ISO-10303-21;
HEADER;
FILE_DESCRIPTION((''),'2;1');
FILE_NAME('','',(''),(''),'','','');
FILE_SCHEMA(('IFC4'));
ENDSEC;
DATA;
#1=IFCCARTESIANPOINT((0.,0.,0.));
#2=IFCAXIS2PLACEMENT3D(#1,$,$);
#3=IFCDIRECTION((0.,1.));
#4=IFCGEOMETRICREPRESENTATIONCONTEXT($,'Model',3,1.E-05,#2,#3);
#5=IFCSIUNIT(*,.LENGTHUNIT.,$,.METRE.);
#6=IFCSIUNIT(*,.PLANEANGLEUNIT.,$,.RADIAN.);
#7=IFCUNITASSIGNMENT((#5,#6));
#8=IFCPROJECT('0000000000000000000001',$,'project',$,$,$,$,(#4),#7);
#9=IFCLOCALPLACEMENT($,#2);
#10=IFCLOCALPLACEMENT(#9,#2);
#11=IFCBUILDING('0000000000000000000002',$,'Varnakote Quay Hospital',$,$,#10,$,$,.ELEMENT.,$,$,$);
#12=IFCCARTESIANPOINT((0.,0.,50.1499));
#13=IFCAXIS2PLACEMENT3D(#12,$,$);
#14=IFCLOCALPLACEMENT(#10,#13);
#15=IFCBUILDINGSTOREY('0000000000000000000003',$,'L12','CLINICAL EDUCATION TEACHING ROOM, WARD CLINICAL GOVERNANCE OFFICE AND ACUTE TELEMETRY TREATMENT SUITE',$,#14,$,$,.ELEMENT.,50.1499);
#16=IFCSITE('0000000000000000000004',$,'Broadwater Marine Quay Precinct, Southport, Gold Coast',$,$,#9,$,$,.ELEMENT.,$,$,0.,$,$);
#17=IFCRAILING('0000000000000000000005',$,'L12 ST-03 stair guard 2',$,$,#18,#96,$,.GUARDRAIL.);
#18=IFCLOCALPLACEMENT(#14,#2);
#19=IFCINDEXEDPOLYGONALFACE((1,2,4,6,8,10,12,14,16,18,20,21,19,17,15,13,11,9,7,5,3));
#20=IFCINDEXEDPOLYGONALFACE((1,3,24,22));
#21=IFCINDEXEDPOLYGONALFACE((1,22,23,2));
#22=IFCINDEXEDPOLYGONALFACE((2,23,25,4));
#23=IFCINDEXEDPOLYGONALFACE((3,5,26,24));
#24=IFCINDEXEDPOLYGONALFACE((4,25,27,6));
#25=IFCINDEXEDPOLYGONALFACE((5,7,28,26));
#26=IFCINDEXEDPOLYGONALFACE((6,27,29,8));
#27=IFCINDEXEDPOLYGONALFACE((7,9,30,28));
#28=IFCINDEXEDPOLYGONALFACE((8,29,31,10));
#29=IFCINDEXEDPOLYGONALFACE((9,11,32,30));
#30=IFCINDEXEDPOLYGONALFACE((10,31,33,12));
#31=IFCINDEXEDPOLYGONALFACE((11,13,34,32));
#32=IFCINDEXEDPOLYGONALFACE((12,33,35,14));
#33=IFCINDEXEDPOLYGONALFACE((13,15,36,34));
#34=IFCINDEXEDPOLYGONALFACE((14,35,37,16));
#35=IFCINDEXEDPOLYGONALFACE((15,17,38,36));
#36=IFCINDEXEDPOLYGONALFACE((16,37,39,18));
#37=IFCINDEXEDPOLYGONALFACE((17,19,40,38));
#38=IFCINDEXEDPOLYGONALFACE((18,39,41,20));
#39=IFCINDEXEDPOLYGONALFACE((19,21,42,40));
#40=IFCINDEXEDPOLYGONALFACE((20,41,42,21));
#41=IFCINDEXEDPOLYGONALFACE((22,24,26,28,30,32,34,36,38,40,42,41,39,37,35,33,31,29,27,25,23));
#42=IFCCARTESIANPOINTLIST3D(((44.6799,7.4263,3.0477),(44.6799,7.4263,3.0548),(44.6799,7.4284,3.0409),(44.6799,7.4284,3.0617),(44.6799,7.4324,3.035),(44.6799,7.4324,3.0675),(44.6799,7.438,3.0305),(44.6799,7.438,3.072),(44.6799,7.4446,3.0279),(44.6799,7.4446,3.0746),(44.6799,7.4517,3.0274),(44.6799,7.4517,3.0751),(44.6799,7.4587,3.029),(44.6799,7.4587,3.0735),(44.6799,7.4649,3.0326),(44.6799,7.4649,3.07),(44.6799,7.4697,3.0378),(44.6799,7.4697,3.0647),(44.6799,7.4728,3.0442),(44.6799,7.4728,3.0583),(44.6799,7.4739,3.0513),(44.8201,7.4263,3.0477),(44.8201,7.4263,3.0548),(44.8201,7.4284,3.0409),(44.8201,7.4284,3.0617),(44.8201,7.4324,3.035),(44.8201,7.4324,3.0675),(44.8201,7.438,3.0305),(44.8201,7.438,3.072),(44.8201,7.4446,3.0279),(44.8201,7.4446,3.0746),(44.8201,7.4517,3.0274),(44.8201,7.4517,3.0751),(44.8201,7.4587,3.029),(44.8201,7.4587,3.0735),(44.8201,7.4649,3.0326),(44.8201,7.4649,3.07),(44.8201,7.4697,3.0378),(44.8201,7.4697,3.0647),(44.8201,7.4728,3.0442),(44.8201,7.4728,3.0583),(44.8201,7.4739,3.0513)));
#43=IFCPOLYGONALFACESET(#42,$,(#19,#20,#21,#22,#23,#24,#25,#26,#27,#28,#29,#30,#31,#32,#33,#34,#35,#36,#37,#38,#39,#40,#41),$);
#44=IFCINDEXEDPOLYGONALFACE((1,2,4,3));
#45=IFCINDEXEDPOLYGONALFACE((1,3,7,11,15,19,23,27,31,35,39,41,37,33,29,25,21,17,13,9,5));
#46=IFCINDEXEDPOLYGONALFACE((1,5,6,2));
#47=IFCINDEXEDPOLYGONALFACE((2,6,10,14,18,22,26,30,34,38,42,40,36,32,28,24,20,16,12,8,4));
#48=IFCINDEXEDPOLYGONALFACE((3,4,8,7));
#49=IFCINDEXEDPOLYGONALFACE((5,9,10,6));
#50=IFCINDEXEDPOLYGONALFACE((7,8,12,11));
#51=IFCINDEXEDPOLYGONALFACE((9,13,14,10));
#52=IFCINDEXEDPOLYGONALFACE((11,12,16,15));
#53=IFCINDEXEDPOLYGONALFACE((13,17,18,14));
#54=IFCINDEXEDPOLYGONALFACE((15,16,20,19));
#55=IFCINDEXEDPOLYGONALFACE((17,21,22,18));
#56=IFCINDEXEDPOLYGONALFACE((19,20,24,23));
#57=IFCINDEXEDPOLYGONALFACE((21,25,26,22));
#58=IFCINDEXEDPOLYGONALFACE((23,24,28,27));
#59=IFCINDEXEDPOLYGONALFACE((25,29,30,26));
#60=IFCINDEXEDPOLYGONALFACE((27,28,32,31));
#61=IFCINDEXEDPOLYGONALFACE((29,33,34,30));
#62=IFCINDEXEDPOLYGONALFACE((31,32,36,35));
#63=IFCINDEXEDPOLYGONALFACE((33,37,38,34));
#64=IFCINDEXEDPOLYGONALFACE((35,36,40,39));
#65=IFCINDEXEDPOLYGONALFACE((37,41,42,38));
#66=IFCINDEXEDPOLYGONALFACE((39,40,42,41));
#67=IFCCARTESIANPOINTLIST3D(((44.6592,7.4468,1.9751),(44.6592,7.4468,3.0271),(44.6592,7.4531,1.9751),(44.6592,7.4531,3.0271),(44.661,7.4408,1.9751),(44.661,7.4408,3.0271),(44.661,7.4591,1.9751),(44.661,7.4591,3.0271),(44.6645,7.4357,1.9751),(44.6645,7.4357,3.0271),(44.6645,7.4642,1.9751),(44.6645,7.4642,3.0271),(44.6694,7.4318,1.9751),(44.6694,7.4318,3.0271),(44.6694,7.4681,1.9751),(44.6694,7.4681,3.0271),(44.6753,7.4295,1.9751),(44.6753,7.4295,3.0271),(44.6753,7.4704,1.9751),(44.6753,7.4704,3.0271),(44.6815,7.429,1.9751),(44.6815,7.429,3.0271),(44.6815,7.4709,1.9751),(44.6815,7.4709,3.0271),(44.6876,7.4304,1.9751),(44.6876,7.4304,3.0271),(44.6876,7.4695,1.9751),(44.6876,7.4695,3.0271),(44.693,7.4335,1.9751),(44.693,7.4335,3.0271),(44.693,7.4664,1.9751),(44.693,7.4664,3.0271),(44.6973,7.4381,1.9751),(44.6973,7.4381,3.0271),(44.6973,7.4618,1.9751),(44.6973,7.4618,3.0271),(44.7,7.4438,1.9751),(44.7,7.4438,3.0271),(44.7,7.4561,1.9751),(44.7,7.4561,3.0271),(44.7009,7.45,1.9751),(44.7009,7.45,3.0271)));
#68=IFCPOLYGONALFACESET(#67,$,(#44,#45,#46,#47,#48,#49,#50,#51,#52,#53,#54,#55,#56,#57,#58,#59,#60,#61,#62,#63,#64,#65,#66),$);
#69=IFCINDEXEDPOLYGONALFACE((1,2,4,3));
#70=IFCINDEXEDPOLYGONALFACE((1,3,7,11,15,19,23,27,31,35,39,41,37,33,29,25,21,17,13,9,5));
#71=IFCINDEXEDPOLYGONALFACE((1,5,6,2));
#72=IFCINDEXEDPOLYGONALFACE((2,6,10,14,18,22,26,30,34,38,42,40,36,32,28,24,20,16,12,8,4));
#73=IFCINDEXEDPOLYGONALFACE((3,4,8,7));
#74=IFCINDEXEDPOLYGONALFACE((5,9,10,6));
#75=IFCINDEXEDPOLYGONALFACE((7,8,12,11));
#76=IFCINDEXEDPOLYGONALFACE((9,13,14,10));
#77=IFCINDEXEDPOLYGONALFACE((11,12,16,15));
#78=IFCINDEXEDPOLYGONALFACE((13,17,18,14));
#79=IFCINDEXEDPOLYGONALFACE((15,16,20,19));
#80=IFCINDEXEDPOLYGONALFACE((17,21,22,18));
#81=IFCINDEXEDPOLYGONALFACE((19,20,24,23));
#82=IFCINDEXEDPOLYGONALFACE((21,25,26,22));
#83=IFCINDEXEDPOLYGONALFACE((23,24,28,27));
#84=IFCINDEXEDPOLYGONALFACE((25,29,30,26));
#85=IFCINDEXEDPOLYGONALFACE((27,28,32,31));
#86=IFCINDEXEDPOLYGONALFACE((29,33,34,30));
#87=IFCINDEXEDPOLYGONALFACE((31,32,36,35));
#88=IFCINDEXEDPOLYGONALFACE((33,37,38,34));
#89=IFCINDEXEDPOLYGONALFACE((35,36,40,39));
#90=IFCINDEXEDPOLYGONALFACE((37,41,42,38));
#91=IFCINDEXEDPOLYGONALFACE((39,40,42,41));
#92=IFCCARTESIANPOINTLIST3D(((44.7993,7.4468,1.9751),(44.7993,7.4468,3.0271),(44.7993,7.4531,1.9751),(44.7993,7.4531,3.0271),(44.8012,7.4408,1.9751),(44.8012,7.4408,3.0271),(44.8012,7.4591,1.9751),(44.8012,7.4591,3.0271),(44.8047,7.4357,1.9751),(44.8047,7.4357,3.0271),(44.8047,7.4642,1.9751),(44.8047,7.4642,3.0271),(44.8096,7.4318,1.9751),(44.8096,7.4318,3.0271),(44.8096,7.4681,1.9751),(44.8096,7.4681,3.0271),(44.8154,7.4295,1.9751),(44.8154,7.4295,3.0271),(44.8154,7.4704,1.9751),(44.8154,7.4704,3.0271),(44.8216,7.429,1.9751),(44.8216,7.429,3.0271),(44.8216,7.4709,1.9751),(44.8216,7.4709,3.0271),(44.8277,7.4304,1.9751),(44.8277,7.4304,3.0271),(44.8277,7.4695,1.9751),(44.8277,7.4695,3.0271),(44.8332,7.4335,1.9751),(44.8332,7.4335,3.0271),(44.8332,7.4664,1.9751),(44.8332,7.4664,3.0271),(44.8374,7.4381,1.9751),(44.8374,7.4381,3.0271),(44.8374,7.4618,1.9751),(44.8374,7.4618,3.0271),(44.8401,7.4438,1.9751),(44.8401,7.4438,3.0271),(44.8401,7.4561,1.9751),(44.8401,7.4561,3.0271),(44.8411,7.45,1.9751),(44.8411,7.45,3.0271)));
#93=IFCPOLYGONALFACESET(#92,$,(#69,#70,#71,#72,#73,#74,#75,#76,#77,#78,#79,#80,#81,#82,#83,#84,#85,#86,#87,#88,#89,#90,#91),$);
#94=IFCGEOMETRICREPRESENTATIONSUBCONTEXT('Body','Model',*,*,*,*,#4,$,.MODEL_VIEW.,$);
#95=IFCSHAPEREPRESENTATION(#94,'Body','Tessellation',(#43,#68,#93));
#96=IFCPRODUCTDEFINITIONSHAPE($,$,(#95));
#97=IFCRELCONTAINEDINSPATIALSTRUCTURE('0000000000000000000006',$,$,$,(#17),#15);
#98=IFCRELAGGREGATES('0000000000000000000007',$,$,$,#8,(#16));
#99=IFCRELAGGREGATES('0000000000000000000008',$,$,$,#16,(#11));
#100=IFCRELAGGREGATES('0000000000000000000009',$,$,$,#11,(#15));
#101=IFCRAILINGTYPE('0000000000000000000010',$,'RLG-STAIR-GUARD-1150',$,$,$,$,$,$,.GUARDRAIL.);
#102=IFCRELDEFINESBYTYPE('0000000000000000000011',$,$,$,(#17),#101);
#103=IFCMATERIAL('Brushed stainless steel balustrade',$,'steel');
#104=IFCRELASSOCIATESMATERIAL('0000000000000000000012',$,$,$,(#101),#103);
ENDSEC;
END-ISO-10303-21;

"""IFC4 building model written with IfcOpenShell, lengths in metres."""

from ifc_helpers import new_model, si_unit, direction, frame, origin, origin_2d, place, context, subcontext, project, spatial, circle, extrude, material, type_object, element, save


model = new_model("IFC4")

# Units and contexts
model_context = context("Model", 3, precision=1e-05, world=origin(), true_north=direction((0.0, 1.0)))
body_context = subcontext(model_context, "Body", "Model", "MODEL_VIEW")
ifc_project = project(units=[si_unit("LENGTHUNIT", "METRE"), si_unit("PLANEANGLEUNIT", "RADIAN")], contexts=[model_context])

# Site, building, storey
site_placement = place(None, origin())
site = spatial("IfcSite", under=ifc_project, at=site_placement, Name="Broadwater Marine Quay Precinct, Southport, Gold Coast", CompositionType="ELEMENT", RefElevation=0.0)
building_placement = place(site_placement, origin())
building = spatial("IfcBuilding", under=site, at=building_placement, Name="Varnakote Quay Hospital", CompositionType="ELEMENT")
storey_placement = place(building_placement, frame((0.0, 0.0, 50.1499)))
storey = spatial("IfcBuildingStorey", under=building, at=storey_placement, Name="L12", Description="CLINICAL EDUCATION TEACHING ROOM, WARD CLINICAL GOVERNANCE OFFICE AND ACUTE TELEMETRY TREATMENT SUITE", CompositionType="ELEMENT", Elevation=50.1499)

# Railing
ifc_material_1 = material(Name="Brushed stainless steel balustrade", Category="steel")
railing_type_1 = type_object("IfcRailingType", Name="RLG-STAIR-GUARD-1150", PredefinedType="GUARDRAIL", material=ifc_material_1)
railing_1_placement = place(storey_placement, frame((44.6799, 7.45, 1.9751)))
element("IfcRailing", 1, at=railing_1_placement, inside=storey, type_object=railing_type_1, Name="L12 ST-03 stair guard 2", PredefinedType="GUARDRAIL", context=body_context, shape_type="SweptSolid", body=[
    extrude(circle(Radius=0.0239, at=origin_2d()), frame((0.0, 0.0, 1.0762), z_axis=(1.0, 0.0, 0.0), x_axis=(0.0, 1.0, 0.0)), (0.0, 0.0, 1.0), 0.1401),
    extrude(circle(Radius=0.021, at=origin_2d()), origin(), (0.0, 0.0, 1.0), 1.052),
    extrude(circle(Radius=0.021, at=origin_2d()), frame((0.1401, 0.0, 0.0)), (0.0, 0.0, 1.0), 1.052),
])

save(model, "model.ifc")
